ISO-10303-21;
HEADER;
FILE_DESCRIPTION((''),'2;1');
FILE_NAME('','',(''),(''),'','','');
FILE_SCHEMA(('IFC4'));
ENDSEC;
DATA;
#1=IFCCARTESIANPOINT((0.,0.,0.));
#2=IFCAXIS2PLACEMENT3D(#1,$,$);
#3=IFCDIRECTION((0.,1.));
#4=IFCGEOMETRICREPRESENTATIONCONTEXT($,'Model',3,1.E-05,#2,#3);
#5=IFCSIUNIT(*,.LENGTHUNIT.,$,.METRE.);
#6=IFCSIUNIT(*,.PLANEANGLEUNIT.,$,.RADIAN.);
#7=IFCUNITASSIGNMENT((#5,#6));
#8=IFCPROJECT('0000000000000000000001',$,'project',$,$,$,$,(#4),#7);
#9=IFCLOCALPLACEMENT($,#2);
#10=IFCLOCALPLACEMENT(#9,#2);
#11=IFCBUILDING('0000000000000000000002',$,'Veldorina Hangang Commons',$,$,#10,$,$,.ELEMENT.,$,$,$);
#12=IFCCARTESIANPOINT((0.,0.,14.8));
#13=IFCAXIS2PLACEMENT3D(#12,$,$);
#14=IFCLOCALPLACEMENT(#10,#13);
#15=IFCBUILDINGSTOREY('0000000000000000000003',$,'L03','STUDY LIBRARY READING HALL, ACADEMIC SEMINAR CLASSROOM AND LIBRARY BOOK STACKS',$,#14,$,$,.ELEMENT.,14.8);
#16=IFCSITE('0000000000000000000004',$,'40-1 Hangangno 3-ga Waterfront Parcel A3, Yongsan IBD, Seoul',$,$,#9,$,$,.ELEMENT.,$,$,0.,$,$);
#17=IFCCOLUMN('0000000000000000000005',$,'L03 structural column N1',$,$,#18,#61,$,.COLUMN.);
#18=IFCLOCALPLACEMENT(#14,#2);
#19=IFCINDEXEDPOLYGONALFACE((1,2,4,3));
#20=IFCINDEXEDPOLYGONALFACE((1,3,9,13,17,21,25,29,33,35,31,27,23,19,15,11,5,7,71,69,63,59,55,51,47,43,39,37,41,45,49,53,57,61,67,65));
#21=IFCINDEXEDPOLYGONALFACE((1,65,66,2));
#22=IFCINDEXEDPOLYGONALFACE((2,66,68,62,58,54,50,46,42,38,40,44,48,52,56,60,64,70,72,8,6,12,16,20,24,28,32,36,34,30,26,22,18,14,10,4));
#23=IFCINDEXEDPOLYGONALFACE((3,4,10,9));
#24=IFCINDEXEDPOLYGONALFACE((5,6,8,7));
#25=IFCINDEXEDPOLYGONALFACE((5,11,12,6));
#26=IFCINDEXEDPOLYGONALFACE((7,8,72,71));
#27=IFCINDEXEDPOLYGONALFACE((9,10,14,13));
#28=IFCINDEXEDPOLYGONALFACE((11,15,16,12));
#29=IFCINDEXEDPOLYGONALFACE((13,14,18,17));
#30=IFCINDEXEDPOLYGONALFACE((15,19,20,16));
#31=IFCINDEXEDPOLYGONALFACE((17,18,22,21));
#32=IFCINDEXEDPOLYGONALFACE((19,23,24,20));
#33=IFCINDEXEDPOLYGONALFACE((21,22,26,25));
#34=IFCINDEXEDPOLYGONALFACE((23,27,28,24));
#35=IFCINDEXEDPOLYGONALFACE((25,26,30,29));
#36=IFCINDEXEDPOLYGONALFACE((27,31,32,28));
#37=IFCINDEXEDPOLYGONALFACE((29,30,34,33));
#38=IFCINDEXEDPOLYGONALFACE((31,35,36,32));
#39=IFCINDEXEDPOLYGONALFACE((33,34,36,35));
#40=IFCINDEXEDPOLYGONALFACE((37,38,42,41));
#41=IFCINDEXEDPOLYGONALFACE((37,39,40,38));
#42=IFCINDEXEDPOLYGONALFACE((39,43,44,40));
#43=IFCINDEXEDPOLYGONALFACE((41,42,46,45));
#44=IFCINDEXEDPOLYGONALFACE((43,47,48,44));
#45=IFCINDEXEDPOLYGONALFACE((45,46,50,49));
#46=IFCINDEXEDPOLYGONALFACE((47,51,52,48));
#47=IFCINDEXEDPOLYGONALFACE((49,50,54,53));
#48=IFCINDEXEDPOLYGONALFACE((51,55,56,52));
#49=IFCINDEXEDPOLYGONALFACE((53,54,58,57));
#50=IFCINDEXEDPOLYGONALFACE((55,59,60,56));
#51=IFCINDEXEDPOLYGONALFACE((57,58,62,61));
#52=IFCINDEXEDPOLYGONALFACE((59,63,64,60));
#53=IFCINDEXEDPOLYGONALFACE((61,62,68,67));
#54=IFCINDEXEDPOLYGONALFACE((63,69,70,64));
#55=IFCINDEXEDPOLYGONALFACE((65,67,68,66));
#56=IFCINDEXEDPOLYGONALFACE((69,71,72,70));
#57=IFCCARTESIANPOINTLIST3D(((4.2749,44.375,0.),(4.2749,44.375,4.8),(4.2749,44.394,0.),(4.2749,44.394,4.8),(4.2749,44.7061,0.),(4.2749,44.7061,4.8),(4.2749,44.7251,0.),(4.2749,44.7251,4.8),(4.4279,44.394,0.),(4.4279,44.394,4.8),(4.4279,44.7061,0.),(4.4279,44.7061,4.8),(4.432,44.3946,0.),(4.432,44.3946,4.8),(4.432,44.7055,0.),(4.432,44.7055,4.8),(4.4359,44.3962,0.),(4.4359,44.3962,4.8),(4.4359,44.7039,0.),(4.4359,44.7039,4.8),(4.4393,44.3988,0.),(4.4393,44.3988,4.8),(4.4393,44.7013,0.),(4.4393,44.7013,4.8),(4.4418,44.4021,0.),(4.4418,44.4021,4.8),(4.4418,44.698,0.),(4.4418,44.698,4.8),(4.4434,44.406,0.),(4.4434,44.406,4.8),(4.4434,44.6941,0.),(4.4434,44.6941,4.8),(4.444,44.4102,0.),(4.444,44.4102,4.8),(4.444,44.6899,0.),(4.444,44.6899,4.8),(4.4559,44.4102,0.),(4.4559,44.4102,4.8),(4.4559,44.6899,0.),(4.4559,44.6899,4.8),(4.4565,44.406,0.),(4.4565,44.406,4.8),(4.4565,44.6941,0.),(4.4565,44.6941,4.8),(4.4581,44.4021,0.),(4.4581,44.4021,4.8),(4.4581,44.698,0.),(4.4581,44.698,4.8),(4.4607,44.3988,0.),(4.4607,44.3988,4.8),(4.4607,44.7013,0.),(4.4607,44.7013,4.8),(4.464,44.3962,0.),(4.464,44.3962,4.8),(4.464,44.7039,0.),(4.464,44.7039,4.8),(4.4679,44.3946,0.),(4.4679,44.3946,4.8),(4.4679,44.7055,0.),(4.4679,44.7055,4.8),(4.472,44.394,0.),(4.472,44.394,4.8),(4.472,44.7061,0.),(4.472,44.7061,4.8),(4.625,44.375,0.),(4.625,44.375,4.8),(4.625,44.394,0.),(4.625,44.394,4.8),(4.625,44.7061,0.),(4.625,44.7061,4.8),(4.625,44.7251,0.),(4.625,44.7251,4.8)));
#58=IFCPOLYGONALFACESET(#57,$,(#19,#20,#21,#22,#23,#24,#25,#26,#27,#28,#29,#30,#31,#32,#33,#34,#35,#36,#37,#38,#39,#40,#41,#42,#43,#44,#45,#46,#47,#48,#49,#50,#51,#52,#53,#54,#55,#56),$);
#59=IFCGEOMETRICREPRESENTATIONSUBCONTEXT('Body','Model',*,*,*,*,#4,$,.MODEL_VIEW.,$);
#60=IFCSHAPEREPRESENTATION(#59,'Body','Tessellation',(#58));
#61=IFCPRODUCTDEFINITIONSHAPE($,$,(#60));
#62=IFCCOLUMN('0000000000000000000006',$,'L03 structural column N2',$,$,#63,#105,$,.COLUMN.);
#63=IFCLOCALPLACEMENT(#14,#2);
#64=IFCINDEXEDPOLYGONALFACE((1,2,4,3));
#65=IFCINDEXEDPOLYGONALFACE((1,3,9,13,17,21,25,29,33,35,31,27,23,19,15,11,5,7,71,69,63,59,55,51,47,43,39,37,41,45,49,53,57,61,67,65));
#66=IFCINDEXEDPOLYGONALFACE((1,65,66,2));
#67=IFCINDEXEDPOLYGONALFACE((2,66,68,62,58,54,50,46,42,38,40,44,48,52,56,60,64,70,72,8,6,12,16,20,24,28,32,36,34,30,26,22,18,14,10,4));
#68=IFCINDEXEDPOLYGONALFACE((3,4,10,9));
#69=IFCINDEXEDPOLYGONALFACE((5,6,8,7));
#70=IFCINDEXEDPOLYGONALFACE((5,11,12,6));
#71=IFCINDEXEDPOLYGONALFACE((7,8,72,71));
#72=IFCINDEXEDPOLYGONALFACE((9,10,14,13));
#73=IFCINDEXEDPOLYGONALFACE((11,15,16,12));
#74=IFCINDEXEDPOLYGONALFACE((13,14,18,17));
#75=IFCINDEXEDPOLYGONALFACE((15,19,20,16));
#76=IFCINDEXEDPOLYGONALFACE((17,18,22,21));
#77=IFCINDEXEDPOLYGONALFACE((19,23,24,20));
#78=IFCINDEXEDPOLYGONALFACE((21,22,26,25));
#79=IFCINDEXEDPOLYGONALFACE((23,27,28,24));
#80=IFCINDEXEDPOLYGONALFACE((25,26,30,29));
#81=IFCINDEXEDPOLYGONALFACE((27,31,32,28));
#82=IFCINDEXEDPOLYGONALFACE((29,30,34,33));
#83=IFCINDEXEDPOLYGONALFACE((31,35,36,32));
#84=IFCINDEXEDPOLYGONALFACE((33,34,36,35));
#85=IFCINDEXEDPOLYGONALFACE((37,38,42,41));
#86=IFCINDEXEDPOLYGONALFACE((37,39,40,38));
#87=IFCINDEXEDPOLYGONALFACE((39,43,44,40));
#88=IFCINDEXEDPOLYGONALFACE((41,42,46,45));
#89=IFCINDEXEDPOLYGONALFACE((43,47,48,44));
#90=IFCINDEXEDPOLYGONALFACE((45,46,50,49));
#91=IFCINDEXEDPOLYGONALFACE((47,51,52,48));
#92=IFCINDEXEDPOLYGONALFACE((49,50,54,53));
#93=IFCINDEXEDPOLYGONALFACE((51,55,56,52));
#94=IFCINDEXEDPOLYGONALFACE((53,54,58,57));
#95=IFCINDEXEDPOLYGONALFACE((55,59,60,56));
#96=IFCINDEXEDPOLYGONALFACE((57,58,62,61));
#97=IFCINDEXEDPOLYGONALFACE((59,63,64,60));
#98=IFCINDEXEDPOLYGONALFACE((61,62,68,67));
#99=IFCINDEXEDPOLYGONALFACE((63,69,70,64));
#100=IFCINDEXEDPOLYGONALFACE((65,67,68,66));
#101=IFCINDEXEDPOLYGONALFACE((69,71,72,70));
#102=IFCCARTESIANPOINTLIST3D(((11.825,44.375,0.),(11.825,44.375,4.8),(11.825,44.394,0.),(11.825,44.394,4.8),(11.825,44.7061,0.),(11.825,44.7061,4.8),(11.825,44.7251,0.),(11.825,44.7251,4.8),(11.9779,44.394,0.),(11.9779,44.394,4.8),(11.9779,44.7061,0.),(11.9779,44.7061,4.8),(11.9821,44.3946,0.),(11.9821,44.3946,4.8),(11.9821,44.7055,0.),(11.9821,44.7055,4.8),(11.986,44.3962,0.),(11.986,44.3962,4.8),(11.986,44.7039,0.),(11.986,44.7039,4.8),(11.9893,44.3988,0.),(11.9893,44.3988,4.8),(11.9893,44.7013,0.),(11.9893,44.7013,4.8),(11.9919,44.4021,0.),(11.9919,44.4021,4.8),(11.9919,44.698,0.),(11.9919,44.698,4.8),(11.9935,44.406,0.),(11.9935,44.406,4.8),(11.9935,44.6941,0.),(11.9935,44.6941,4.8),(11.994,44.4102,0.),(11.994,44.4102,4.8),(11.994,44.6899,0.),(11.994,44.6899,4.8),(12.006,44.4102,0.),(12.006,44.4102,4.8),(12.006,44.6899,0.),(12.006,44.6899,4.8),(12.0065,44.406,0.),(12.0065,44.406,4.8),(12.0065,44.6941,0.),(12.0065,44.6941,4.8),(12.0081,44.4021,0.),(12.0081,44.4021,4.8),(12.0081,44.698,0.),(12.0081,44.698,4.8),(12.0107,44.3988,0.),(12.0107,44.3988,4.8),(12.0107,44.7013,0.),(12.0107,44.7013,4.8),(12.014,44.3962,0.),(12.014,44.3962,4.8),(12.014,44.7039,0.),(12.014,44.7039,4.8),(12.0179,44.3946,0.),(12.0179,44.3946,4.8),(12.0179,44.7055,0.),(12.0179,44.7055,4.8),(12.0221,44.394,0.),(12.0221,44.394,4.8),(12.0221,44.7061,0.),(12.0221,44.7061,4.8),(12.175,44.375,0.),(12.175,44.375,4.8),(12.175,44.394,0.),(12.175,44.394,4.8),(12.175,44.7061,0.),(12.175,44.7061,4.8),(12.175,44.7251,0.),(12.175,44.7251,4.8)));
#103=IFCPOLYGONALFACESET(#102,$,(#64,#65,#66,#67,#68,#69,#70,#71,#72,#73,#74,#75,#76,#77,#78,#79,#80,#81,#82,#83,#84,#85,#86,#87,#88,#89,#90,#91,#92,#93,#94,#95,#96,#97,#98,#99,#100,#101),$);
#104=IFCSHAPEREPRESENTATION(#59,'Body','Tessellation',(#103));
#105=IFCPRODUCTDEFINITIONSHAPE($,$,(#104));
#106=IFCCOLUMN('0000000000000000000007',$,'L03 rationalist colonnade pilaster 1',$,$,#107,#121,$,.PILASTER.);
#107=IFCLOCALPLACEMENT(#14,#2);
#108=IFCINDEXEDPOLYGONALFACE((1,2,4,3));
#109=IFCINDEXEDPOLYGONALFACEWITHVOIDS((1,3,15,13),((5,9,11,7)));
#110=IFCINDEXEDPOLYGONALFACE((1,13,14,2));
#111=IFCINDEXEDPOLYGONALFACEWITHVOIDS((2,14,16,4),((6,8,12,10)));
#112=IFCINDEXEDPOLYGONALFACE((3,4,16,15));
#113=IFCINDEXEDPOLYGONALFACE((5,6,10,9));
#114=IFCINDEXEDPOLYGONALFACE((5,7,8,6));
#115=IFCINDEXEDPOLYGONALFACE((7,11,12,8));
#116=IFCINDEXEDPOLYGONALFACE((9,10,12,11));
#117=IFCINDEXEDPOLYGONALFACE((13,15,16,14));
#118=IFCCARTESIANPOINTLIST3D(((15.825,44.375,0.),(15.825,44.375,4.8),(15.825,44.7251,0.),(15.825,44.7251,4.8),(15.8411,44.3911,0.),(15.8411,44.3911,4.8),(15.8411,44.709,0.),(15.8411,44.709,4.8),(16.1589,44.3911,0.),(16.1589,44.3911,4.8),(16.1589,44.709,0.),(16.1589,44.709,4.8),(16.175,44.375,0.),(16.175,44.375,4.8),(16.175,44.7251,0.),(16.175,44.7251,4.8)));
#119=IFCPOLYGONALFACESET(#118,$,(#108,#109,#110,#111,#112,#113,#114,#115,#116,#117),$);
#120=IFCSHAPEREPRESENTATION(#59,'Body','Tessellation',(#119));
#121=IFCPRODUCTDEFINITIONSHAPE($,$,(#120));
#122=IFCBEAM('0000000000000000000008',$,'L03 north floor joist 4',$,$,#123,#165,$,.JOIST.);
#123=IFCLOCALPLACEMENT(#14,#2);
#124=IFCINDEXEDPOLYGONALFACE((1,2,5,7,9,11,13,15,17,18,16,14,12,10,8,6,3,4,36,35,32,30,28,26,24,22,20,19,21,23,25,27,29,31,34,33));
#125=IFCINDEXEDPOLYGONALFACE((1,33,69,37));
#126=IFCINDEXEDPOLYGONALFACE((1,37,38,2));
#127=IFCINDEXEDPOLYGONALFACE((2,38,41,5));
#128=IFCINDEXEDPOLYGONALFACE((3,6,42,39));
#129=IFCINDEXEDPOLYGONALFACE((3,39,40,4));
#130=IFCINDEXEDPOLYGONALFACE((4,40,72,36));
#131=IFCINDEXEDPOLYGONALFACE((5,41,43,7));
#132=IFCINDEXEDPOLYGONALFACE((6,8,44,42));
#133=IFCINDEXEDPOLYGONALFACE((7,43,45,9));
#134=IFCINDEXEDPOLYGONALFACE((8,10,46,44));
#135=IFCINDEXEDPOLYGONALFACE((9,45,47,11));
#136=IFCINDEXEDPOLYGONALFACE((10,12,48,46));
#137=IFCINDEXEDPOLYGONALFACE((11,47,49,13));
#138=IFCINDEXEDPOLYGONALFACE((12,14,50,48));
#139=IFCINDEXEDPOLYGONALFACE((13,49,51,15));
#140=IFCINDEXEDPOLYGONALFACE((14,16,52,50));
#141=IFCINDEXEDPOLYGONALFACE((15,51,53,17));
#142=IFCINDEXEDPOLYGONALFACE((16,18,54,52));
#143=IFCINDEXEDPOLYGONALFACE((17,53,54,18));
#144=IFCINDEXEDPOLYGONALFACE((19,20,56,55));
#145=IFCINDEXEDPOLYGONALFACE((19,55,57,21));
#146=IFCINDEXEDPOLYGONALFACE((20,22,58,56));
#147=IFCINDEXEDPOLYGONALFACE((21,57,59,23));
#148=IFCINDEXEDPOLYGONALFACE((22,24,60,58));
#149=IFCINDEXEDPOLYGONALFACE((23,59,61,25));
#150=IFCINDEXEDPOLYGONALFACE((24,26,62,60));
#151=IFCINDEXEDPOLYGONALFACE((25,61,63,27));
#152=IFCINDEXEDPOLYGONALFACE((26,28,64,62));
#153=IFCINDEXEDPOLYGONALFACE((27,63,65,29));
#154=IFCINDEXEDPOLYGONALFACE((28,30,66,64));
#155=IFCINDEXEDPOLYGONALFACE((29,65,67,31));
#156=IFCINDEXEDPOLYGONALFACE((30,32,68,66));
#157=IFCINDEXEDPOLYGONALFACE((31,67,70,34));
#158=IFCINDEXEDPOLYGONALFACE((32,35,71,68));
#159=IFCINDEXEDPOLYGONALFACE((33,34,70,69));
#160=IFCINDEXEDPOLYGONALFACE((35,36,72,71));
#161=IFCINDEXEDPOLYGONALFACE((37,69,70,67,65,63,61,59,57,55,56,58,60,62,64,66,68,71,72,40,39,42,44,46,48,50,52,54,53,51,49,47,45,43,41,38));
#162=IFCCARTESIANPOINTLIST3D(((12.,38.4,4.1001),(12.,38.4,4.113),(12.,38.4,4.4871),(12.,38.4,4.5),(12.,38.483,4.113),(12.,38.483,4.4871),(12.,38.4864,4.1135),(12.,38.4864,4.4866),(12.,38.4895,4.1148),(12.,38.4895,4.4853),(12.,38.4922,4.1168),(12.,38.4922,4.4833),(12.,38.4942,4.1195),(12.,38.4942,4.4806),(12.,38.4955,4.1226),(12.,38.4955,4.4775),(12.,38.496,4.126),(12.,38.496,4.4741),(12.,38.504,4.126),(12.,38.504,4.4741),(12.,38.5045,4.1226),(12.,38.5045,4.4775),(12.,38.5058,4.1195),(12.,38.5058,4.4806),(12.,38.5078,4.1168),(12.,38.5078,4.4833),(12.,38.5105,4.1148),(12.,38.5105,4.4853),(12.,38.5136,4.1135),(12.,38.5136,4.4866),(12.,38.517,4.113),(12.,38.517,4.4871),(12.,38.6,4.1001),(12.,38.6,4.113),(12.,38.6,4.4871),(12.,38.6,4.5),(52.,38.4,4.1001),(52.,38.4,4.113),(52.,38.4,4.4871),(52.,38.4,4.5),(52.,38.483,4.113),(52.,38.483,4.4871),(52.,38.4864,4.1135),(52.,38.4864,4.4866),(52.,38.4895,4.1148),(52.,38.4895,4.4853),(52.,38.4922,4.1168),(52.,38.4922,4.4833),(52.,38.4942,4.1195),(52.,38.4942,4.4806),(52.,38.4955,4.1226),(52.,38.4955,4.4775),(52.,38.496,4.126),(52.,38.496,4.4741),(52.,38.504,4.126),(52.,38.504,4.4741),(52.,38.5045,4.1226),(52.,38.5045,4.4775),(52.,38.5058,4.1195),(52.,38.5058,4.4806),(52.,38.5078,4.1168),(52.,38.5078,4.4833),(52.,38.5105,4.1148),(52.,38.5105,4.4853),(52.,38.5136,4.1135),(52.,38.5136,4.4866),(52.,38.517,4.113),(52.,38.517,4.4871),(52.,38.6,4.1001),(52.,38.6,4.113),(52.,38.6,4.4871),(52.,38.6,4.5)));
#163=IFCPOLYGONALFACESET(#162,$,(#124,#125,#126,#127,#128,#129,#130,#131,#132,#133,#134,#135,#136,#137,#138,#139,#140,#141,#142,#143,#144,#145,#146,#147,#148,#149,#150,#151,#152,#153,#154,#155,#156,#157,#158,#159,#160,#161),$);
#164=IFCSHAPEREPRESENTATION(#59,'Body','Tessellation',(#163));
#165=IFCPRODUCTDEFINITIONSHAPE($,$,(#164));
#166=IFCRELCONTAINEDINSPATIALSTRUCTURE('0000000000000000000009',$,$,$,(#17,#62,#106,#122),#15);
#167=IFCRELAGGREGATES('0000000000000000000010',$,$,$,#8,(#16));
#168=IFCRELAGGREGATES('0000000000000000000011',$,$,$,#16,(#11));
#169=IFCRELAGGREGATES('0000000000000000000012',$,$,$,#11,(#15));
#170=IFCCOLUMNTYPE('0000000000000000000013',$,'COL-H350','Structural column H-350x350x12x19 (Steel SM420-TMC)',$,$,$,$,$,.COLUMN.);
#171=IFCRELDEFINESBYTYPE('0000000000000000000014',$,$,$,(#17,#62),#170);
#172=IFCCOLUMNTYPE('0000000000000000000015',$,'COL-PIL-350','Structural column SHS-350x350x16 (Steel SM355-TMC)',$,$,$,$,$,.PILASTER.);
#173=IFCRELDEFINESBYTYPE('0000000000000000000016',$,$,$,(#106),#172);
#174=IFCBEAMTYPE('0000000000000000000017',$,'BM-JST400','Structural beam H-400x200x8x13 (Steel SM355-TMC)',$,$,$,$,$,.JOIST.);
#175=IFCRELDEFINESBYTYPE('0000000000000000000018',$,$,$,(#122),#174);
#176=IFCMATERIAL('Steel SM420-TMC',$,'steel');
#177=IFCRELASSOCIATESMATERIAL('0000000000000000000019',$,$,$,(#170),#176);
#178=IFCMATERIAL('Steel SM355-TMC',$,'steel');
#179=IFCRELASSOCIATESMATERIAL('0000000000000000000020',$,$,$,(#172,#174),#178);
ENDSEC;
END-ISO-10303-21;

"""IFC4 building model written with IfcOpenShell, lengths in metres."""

from ifc_helpers import new_model, si_unit, direction, frame, origin, origin_2d, place, context, subcontext, project, spatial, hollow_rectangle, i_section, extrude, material, material_profile, profile_set, type_object, element, save


model = new_model("IFC4")

# Units and contexts
model_context = context("Model", 3, precision=1e-05, world=origin(), true_north=direction((0.0, 1.0)))
body_context = subcontext(model_context, "Body", "Model", "MODEL_VIEW")
ifc_project = project(units=[si_unit("LENGTHUNIT", "METRE"), si_unit("PLANEANGLEUNIT", "RADIAN")], contexts=[model_context])

# Site, building, storey
site_placement = place(None, origin())
site = spatial("IfcSite", under=ifc_project, at=site_placement, Name="40-1 Hangangno 3-ga Waterfront Parcel A3, Yongsan IBD, Seoul", CompositionType="ELEMENT", RefElevation=0.0)
building_placement = place(site_placement, origin())
building = spatial("IfcBuilding", under=site, at=building_placement, Name="Veldorina Hangang Commons", CompositionType="ELEMENT")
storey_placement = place(building_placement, frame((0.0, 0.0, 14.8)))
storey = spatial("IfcBuildingStorey", under=building, at=storey_placement, Name="L03", Description="STUDY LIBRARY READING HALL, ACADEMIC SEMINAR CLASSROOM AND LIBRARY BOOK STACKS", CompositionType="ELEMENT", Elevation=14.8)

# Columns
ifc_material_1 = material(Name="Steel SM420-TMC", Category="steel")
ifc_material_profile_1 = material_profile(ifc_material_1, i_section(OverallWidth=0.3501, OverallDepth=0.3501, WebThickness=0.012, FlangeThickness=0.019, FilletRadius=0.0161, at=origin_2d()), Name="H-350x350x12x19")
ifc_profile_set_1 = profile_set([ifc_material_profile_1], Name="Steel SM420-TMC")
column_type_1 = type_object("IfcColumnType", Name="COL-H350", Description="Structural column H-350x350x12x19 (Steel SM420-TMC)", PredefinedType="COLUMN", material=ifc_profile_set_1)
for number, where, z_axis, x_axis, name in (
    (1, (4.45, 44.55, 0.0), (0.0, 0.0, 1.0), (1.0, 0.0, 0.0), "L03 structural column N1"),
    (2, (12.0, 44.55, 0.0), (0.0, 0.0, 1.0), (1.0, 0.0, 0.0), "L03 structural column N2"),
):
    element("IfcColumn", number, at=place(storey_placement, frame(where, z_axis=z_axis, x_axis=x_axis)), inside=storey, type_object=column_type_1, Name=name, PredefinedType="COLUMN", context=body_context, shape_type="SweptSolid", body=[
        extrude(i_section(OverallWidth=0.3501, OverallDepth=0.3501, WebThickness=0.012, FlangeThickness=0.019, FilletRadius=0.0161, at=origin_2d()), origin(), (0.0, 0.0, 1.0), 4.8),
    ])
ifc_material_2 = material(Name="Steel SM355-TMC", Category="steel")
ifc_material_profile_2 = material_profile(ifc_material_2, hollow_rectangle(XDim=0.3501, YDim=0.3501, WallThickness=0.0161, at=origin_2d()), Name="SHS-350x350x16")
ifc_profile_set_2 = profile_set([ifc_material_profile_2], Name="Steel SM355-TMC")
column_type_2 = type_object("IfcColumnType", Name="COL-PIL-350", Description="Structural column SHS-350x350x16 (Steel SM355-TMC)", PredefinedType="PILASTER", material=ifc_profile_set_2)
column_placement = place(storey_placement, frame((16.0, 44.55, 0.0), z_axis=(0.0, 0.0, 1.0), x_axis=(1.0, 0.0, 0.0)))
element("IfcColumn", 3, at=column_placement, inside=storey, type_object=column_type_2, Name="L03 rationalist colonnade pilaster 1", PredefinedType="PILASTER", context=body_context, shape_type="SweptSolid", body=[
    extrude(hollow_rectangle(XDim=0.3501, YDim=0.3501, WallThickness=0.0161, at=origin_2d()), origin(), (0.0, 0.0, 1.0), 4.8),
])

# Beam
ifc_material_profile_3 = material_profile(ifc_material_2, i_section(OverallWidth=0.2, OverallDepth=0.3999, WebThickness=0.0081, FlangeThickness=0.0129, FilletRadius=0.0129, at=origin_2d()), Name="H-400x200x8x13")
ifc_profile_set_3 = profile_set([ifc_material_profile_3], Name="Steel SM355-TMC")
beam_type_1 = type_object("IfcBeamType", Name="BM-JST400", Description="Structural beam H-400x200x8x13 (Steel SM355-TMC)", PredefinedType="JOIST", material=ifc_profile_set_3)
beam_1_placement = place(storey_placement, frame((12.0, 38.5, 4.3), z_axis=(1.0, 0.0, 0.0), x_axis=(0.0, 1.0, 0.0)))
element("IfcBeam", 4, at=beam_1_placement, inside=storey, type_object=beam_type_1, Name="L03 north floor joist 4", PredefinedType="JOIST", context=body_context, shape_type="SweptSolid", body=[
    extrude(i_section(OverallWidth=0.2, OverallDepth=0.3999, WebThickness=0.0081, FlangeThickness=0.0129, FilletRadius=0.0129, at=origin_2d()), origin(), (0.0, 0.0, 1.0), 40.0),
])

save(model, "model.ifc")
